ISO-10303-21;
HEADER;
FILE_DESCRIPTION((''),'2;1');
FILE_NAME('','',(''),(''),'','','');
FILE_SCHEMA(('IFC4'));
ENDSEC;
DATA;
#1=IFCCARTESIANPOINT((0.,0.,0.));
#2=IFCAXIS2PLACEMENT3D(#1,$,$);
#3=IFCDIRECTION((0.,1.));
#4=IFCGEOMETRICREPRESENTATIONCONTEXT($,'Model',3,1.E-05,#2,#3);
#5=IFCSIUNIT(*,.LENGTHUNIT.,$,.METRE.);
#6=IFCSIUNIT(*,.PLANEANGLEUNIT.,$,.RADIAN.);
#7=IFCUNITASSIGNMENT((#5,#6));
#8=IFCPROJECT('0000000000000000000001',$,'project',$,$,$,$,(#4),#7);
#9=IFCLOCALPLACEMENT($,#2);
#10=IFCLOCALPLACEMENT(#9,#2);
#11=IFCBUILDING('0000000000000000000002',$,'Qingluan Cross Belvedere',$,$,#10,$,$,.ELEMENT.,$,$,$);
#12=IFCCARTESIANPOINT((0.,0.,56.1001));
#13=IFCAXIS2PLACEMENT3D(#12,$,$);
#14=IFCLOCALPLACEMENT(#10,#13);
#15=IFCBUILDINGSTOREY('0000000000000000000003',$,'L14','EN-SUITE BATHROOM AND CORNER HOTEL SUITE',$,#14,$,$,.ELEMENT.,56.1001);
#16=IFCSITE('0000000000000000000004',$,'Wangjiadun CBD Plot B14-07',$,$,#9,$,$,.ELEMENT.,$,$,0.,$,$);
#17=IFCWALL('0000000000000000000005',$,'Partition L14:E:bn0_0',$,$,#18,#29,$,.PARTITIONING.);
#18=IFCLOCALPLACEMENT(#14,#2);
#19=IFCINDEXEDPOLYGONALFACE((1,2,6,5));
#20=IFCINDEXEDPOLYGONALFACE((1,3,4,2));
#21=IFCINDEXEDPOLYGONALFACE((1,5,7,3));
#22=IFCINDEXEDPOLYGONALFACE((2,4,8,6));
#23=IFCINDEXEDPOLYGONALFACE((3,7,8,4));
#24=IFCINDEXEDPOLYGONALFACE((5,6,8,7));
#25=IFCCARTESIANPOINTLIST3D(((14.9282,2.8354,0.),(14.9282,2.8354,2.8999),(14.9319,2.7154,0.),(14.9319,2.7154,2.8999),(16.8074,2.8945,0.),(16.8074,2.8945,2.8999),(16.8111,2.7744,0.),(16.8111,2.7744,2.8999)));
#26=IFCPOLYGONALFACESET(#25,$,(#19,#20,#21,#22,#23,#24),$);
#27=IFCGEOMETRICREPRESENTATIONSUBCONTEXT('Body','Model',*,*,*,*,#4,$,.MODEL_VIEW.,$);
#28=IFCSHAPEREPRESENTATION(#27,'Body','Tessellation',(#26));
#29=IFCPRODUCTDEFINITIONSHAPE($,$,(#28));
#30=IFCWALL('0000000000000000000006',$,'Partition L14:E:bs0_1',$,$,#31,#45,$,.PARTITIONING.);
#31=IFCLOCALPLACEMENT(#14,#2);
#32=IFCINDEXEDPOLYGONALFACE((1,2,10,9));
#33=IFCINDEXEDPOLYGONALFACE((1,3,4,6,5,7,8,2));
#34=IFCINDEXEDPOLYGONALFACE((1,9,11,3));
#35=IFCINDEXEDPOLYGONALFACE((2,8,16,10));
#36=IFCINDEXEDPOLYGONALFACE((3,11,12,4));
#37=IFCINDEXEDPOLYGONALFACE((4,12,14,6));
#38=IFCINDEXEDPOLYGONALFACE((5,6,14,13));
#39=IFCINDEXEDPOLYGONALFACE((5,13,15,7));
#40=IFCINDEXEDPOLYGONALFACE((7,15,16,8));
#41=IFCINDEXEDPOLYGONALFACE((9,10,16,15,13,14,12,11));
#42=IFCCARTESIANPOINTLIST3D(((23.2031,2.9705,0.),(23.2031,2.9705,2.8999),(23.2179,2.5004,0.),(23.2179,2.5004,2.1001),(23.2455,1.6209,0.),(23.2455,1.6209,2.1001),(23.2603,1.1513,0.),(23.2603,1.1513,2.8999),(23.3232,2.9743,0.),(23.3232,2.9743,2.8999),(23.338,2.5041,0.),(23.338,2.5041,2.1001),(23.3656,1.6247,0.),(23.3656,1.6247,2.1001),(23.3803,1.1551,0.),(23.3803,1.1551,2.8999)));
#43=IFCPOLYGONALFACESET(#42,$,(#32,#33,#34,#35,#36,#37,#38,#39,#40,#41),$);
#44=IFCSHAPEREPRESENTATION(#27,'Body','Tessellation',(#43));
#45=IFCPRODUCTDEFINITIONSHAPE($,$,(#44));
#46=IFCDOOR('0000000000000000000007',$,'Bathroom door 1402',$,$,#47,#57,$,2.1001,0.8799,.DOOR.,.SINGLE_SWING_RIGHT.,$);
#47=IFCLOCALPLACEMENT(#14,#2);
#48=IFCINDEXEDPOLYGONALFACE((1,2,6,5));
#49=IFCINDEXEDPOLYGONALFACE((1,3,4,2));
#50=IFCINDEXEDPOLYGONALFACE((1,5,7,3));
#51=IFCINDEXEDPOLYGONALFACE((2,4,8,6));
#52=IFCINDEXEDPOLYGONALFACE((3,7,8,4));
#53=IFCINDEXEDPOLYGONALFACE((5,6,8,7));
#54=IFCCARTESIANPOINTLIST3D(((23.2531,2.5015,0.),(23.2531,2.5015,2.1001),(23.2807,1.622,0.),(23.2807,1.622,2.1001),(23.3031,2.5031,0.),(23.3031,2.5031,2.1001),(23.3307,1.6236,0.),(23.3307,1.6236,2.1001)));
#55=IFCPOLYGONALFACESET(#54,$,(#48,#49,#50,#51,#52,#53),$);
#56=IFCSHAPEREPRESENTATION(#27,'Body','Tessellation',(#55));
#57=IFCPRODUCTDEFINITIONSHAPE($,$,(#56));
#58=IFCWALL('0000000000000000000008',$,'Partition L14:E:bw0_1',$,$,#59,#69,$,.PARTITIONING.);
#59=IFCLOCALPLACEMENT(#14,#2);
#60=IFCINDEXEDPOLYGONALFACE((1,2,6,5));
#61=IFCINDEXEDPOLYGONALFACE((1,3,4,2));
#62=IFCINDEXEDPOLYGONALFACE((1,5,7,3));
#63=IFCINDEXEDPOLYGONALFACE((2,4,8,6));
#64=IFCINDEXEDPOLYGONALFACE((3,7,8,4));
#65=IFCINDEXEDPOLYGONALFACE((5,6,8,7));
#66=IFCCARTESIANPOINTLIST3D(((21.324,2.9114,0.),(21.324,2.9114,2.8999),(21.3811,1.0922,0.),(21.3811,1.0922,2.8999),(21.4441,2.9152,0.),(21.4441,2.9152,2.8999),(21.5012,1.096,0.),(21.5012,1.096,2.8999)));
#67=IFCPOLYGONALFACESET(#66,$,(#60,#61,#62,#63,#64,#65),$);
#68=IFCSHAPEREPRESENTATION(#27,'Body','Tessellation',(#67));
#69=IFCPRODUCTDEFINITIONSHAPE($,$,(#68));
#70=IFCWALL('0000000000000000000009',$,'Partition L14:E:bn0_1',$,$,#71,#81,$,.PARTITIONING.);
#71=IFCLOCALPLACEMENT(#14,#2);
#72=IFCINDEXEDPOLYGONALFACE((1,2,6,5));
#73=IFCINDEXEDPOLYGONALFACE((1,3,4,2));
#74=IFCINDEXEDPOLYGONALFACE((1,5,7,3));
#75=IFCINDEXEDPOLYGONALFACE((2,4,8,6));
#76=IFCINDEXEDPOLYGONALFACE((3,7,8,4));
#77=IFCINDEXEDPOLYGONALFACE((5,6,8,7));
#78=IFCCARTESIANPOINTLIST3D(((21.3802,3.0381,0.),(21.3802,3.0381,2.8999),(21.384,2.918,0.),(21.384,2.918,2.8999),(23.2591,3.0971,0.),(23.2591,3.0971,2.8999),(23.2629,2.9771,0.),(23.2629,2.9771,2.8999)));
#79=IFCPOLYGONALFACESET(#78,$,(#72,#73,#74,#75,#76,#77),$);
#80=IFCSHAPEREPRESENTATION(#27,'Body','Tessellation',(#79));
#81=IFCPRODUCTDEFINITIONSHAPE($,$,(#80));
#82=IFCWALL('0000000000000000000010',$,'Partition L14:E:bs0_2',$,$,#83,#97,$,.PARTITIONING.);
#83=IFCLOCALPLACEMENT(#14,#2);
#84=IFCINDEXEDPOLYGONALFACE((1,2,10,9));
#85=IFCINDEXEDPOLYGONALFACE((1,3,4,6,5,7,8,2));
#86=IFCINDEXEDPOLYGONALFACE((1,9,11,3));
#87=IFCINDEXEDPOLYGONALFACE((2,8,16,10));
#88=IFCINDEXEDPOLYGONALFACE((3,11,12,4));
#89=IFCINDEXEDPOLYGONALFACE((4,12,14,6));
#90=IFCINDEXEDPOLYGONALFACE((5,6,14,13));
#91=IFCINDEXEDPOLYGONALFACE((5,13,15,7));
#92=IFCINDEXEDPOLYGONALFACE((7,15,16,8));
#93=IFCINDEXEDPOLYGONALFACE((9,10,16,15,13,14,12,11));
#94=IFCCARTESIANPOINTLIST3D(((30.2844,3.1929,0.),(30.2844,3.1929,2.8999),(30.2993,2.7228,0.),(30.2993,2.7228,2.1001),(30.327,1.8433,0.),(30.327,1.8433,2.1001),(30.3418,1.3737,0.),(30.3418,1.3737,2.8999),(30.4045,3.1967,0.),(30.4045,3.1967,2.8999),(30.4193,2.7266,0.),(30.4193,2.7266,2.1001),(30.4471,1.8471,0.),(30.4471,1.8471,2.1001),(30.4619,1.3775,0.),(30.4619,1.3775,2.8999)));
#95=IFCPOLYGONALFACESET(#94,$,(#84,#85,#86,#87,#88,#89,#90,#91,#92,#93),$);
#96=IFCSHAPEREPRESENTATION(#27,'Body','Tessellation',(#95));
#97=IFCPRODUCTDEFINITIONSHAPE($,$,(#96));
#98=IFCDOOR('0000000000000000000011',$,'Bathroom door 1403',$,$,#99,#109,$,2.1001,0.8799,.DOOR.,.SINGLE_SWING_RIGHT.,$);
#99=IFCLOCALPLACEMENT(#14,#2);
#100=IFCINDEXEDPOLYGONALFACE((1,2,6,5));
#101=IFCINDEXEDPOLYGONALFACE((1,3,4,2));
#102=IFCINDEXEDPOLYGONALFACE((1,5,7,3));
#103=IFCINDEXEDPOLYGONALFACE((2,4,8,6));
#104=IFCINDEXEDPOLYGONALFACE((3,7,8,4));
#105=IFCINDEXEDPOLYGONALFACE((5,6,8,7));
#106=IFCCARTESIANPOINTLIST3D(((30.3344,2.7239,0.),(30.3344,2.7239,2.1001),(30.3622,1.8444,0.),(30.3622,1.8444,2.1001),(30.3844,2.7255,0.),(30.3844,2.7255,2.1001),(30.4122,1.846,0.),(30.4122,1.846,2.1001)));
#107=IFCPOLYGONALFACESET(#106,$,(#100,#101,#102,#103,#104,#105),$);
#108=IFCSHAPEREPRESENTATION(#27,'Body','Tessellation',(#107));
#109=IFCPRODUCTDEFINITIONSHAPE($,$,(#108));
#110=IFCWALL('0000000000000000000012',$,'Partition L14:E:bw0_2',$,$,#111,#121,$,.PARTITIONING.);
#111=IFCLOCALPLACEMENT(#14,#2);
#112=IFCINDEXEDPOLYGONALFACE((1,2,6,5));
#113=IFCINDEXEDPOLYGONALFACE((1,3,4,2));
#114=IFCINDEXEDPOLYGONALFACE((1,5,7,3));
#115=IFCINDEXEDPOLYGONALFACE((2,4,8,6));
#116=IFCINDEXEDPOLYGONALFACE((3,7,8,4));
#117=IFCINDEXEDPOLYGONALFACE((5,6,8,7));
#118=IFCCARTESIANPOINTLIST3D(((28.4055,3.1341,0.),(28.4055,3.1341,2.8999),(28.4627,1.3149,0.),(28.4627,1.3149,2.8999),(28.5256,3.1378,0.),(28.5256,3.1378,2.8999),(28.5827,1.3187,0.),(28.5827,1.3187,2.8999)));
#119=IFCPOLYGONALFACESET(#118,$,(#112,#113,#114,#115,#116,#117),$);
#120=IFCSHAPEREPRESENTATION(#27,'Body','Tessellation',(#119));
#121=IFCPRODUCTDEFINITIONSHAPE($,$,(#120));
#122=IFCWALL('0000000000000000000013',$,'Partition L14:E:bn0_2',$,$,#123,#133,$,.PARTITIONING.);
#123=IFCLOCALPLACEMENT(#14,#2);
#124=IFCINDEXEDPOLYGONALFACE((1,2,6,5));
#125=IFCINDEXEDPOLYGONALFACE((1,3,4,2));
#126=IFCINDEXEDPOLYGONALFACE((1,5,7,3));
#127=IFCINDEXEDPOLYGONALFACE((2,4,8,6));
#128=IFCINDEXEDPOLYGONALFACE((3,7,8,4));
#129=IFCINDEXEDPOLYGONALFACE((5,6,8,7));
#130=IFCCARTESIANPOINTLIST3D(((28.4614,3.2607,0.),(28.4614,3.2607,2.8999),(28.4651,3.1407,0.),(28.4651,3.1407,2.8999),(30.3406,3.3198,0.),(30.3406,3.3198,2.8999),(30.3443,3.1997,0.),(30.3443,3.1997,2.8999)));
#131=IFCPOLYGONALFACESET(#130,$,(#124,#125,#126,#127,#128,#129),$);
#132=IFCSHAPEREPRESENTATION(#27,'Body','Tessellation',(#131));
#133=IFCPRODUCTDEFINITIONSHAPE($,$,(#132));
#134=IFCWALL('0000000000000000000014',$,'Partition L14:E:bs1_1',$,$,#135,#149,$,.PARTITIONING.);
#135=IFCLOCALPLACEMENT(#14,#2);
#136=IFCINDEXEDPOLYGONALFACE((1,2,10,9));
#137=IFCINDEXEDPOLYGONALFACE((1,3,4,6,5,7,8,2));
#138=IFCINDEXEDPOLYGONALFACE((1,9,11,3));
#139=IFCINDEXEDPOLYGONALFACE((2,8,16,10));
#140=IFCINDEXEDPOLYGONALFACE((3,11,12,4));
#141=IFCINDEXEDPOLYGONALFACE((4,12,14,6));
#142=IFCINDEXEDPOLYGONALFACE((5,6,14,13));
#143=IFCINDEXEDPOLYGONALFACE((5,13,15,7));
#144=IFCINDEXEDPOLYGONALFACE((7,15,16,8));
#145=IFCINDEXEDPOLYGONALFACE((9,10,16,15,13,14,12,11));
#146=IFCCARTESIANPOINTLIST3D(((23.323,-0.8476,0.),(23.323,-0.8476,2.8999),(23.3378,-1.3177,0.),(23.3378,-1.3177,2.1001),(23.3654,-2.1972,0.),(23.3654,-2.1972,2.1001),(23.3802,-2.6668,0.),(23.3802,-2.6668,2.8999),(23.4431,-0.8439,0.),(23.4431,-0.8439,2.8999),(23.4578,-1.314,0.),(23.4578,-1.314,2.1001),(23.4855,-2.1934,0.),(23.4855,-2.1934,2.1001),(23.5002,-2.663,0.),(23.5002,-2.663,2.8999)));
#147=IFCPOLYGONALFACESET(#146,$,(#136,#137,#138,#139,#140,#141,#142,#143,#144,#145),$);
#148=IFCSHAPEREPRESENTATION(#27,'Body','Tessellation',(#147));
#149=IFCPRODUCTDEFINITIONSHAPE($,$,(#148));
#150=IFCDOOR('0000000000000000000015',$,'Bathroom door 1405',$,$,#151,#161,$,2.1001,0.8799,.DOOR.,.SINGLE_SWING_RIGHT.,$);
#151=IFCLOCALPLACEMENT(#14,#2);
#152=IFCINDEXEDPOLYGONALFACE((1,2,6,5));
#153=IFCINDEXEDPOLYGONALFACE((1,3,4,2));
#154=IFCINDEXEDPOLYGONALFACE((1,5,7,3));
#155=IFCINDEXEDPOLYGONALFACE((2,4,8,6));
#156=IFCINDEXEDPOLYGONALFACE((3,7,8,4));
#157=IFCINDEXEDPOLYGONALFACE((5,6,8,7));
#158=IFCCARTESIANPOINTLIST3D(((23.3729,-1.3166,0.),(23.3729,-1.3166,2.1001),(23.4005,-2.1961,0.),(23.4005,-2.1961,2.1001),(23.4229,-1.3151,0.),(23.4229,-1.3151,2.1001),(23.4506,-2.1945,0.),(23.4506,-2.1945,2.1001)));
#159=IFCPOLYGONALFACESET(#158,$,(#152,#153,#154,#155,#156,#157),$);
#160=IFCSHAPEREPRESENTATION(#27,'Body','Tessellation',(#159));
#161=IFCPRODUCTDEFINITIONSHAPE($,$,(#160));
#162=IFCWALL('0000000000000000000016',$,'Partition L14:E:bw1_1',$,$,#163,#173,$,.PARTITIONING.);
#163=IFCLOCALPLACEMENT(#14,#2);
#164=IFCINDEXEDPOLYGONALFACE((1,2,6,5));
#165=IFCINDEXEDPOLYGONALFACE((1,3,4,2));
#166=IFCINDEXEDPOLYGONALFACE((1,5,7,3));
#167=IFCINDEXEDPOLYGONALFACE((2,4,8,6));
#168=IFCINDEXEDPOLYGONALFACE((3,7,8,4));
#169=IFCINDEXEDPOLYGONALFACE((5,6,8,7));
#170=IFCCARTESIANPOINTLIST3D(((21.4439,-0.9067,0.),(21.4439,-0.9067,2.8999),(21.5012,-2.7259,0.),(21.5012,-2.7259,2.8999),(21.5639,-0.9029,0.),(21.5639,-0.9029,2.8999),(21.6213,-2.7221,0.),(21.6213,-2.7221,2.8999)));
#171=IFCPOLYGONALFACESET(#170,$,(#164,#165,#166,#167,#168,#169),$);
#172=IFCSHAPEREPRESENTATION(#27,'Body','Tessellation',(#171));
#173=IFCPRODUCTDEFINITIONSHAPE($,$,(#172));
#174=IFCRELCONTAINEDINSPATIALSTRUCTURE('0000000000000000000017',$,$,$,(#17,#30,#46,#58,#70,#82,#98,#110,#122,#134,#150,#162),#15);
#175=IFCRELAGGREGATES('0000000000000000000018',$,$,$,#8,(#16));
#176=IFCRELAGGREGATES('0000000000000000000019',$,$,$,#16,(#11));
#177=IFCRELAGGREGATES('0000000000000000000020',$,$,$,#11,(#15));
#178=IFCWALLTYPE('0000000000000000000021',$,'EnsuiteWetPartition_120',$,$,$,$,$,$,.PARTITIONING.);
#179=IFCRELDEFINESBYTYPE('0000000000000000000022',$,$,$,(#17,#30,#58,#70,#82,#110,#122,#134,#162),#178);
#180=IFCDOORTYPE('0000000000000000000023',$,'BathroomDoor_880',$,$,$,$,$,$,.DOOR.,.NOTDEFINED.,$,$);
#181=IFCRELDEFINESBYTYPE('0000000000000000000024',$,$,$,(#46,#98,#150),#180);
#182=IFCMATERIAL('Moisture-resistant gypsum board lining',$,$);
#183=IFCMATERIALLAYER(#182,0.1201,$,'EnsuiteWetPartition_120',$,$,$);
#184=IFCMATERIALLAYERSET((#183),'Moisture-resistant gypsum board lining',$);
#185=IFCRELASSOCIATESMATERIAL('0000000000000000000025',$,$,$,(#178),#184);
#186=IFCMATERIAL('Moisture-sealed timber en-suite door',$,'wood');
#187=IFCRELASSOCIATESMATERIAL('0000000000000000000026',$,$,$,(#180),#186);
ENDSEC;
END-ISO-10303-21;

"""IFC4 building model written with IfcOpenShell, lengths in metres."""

from ifc_helpers import new_model, si_unit, direction, frame, frame_2d, origin, place, context, subcontext, project, spatial, rectangle, extrude, material, layer, layer_set, type_object, element, fill, save


model = new_model("IFC4")

# Units and contexts
model_context = context("Model", 3, precision=1e-05, world=origin(), true_north=direction((0.0, 1.0)))
body_context = subcontext(model_context, "Body", "Model", "MODEL_VIEW")
ifc_project = project(units=[si_unit("LENGTHUNIT", "METRE"), si_unit("PLANEANGLEUNIT", "RADIAN")], contexts=[model_context])

# Site, building, storey
site_placement = place(None, origin())
site = spatial("IfcSite", under=ifc_project, at=site_placement, Name="Wangjiadun CBD Plot B14-07", CompositionType="ELEMENT", RefElevation=0.0)
building_placement = place(site_placement, origin())
building = spatial("IfcBuilding", under=site, at=building_placement, Name="Qingluan Cross Belvedere", CompositionType="ELEMENT")
storey_placement = place(building_placement, frame((0.0, 0.0, 56.1001)))
storey = spatial("IfcBuildingStorey", under=building, at=storey_placement, Name="L14", Description="EN-SUITE BATHROOM AND CORNER HOTEL SUITE", CompositionType="ELEMENT", Elevation=56.1001)

# Shared definitions
ifc_material_1 = material(Name="Moisture-resistant gypsum board lining")
ifc_layer_1 = layer(ifc_material_1, 0.1201, Name="EnsuiteWetPartition_120")
ifc_layer_set_1 = layer_set([ifc_layer_1], Name="Moisture-resistant gypsum board lining")
wall_type_1 = type_object("IfcWallType", Name="EnsuiteWetPartition_120", PredefinedType="PARTITIONING", material=ifc_layer_set_1)
ifc_material_2 = material(Name="Moisture-sealed timber en-suite door", Category="wood")
door_type = type_object("IfcDoorType", Name="BathroomDoor_880", OperationType="NOTDEFINED", PredefinedType="DOOR", material=ifc_material_2)

# Wall
wall_1_placement = place(storey_placement, frame((14.9302, 2.7754, 0.0), z_axis=(0.0, 0.0, 1.0), x_axis=(0.999506, 0.031425, 0.0)))
element("IfcWall", 1, at=wall_1_placement, inside=storey, type_object=wall_type_1, Name="Partition L14:E:bn0_0", PredefinedType="PARTITIONING", context=body_context, shape_type="SweptSolid", body=[
    extrude(rectangle(XDim=1.8801, YDim=0.1201, at=frame_2d((0.9399, 0.0))), origin(), (0.0, 0.0, 1.0), 2.8999),
])

# Wall, opening, door
wall_2_placement = place(storey_placement, frame((23.3203, 1.1531, 0.0), z_axis=(0.0, 0.0, 1.0), x_axis=(-0.03139, 0.999507, 0.0)))
wall_2 = element("IfcWall", 2, at=wall_2_placement, inside=storey, type_object=wall_type_1, Name="Partition L14:E:bs0_1", PredefinedType="PARTITIONING", context=body_context, shape_type="SweptSolid", body=[
    extrude(rectangle(XDim=1.8201, YDim=0.1201, at=frame_2d((0.9102, 0.0))), origin(), (0.0, 0.0, 1.0), 2.8999),
])
opening_1_placement = place(wall_2_placement, frame((0.47, 0.0, 0.0)))
opening_1 = element("IfcOpeningElement", 3, at=opening_1_placement, cuts=wall_2, PredefinedType="OPENING", context=body_context, shape_type="SweptSolid", body=[
    extrude(rectangle(XDim=0.8799, YDim=2.1001, at=frame_2d((0.4399, 1.05))), frame((0.0, 0.0701, 0.0), z_axis=(0.0, -1.0, 0.0), x_axis=(1.0, 0.0, 0.0)), (0.0, 0.0, 1.0), 0.1401),
])
door_1_placement = place(opening_1_placement, origin())
door_1 = element("IfcDoor", 4, at=door_1_placement, inside=storey, type_object=door_type, Name="Bathroom door 1402", OperationType="SINGLE_SWING_RIGHT", OverallHeight=2.1001, OverallWidth=0.8799, PredefinedType="DOOR", context=body_context, shape_type="SweptSolid", body=[
    extrude(rectangle(XDim=0.8799, YDim=2.1001, at=frame_2d((0.4399, 1.05))), frame((0.0, 0.0249, 0.0), z_axis=(0.0, -1.0, 0.0), x_axis=(1.0, 0.0, 0.0)), (0.0, 0.0, 1.0), 0.05),
])
fill(opening_1, door_1)

# Walls
wall_3_placement = place(storey_placement, frame((21.4412, 1.094, 0.0), z_axis=(0.0, 0.0, 1.0), x_axis=(-0.03139, 0.999507, 0.0)))
element("IfcWall", 5, at=wall_3_placement, inside=storey, type_object=wall_type_1, Name="Partition L14:E:bw0_1", PredefinedType="PARTITIONING", context=body_context, shape_type="SweptSolid", body=[
    extrude(rectangle(XDim=1.8201, YDim=0.1201, at=frame_2d((0.9102, 0.0))), origin(), (0.0, 0.0, 1.0), 2.8999),
])
wall_4_placement = place(storey_placement, frame((21.3821, 2.978, 0.0), z_axis=(0.0, 0.0, 1.0), x_axis=(0.999506, 0.031429, 0.0)))
element("IfcWall", 6, at=wall_4_placement, inside=storey, type_object=wall_type_1, Name="Partition L14:E:bn0_1", PredefinedType="PARTITIONING", context=body_context, shape_type="SweptSolid", body=[
    extrude(rectangle(XDim=1.8799, YDim=0.1201, at=frame_2d((0.9399, 0.0))), origin(), (0.0, 0.0, 1.0), 2.8999),
])

# Wall, opening, door
wall_5_placement = place(storey_placement, frame((30.4019, 1.3755, 0.0), z_axis=(0.0, 0.0, 1.0), x_axis=(-0.031524, 0.999503, 0.0)))
wall_5 = element("IfcWall", 7, at=wall_5_placement, inside=storey, type_object=wall_type_1, Name="Partition L14:E:bs0_2", PredefinedType="PARTITIONING", context=body_context, shape_type="SweptSolid", body=[
    extrude(rectangle(XDim=1.8201, YDim=0.1201, at=frame_2d((0.9102, 0.0))), origin(), (0.0, 0.0, 1.0), 2.8999),
])
opening_2_placement = place(wall_5_placement, frame((0.47, 0.0, 0.0)))
opening_2 = element("IfcOpeningElement", 8, at=opening_2_placement, cuts=wall_5, PredefinedType="OPENING", context=body_context, shape_type="SweptSolid", body=[
    extrude(rectangle(XDim=0.8799, YDim=2.1001, at=frame_2d((0.4399, 1.05))), frame((0.0, 0.0701, 0.0), z_axis=(0.0, -1.0, 0.0), x_axis=(1.0, 0.0, 0.0)), (0.0, 0.0, 1.0), 0.1401),
])
door_2_placement = place(opening_2_placement, origin())
door_2 = element("IfcDoor", 9, at=door_2_placement, inside=storey, type_object=door_type, Name="Bathroom door 1403", OperationType="SINGLE_SWING_RIGHT", OverallHeight=2.1001, OverallWidth=0.8799, PredefinedType="DOOR", context=body_context, shape_type="SweptSolid", body=[
    extrude(rectangle(XDim=0.8799, YDim=2.1001, at=frame_2d((0.4399, 1.05))), frame((0.0, 0.0249, 0.0), z_axis=(0.0, -1.0, 0.0), x_axis=(1.0, 0.0, 0.0)), (0.0, 0.0, 1.0), 0.05),
])
fill(opening_2, door_2)

# Walls
wall_6_placement = place(storey_placement, frame((28.5227, 1.3167, 0.0), z_axis=(0.0, 0.0, 1.0), x_axis=(-0.03139, 0.999507, 0.0)))
element("IfcWall", 10, at=wall_6_placement, inside=storey, type_object=wall_type_1, Name="Partition L14:E:bw0_2", PredefinedType="PARTITIONING", context=body_context, shape_type="SweptSolid", body=[
    extrude(rectangle(XDim=1.8201, YDim=0.1201, at=frame_2d((0.9102, 0.0))), origin(), (0.0, 0.0, 1.0), 2.8999),
])
wall_7_placement = place(storey_placement, frame((28.4634, 3.2007, 0.0), z_axis=(0.0, 0.0, 1.0), x_axis=(0.999506, 0.031425, 0.0)))
element("IfcWall", 11, at=wall_7_placement, inside=storey, type_object=wall_type_1, Name="Partition L14:E:bn0_2", PredefinedType="PARTITIONING", context=body_context, shape_type="SweptSolid", body=[
    extrude(rectangle(XDim=1.8801, YDim=0.1201, at=frame_2d((0.9399, 0.0))), origin(), (0.0, 0.0, 1.0), 2.8999),
])

# Wall, opening, door
wall_8_placement = place(storey_placement, frame((23.4402, -2.665, 0.0), z_axis=(0.0, 0.0, 1.0), x_axis=(-0.03139, 0.999507, 0.0)))
wall_8 = element("IfcWall", 12, at=wall_8_placement, inside=storey, type_object=wall_type_1, Name="Partition L14:E:bs1_1", PredefinedType="PARTITIONING", context=body_context, shape_type="SweptSolid", body=[
    extrude(rectangle(XDim=1.8201, YDim=0.1201, at=frame_2d((0.9102, 0.0))), origin(), (0.0, 0.0, 1.0), 2.8999),
])
opening_3_placement = place(wall_8_placement, frame((0.47, 0.0, 0.0)))
opening_3 = element("IfcOpeningElement", 13, at=opening_3_placement, cuts=wall_8, PredefinedType="OPENING", context=body_context, shape_type="SweptSolid", body=[
    extrude(rectangle(XDim=0.8799, YDim=2.1001, at=frame_2d((0.4399, 1.05))), frame((0.0, 0.0701, 0.0), z_axis=(0.0, -1.0, 0.0), x_axis=(1.0, 0.0, 0.0)), (0.0, 0.0, 1.0), 0.1401),
])
door_3_placement = place(opening_3_placement, origin())
door_3 = element("IfcDoor", 14, at=door_3_placement, inside=storey, type_object=door_type, Name="Bathroom door 1405", OperationType="SINGLE_SWING_RIGHT", OverallHeight=2.1001, OverallWidth=0.8799, PredefinedType="DOOR", context=body_context, shape_type="SweptSolid", body=[
    extrude(rectangle(XDim=0.8799, YDim=2.1001, at=frame_2d((0.4399, 1.05))), frame((0.0, 0.0249, 0.0), z_axis=(0.0, -1.0, 0.0), x_axis=(1.0, 0.0, 0.0)), (0.0, 0.0, 1.0), 0.05),
])
fill(opening_3, door_3)

# Wall
wall_9_placement = place(storey_placement, frame((21.5613, -2.7241, 0.0), z_axis=(0.0, 0.0, 1.0), x_axis=(-0.031524, 0.999503, 0.0)))
element("IfcWall", 15, at=wall_9_placement, inside=storey, type_object=wall_type_1, Name="Partition L14:E:bw1_1", PredefinedType="PARTITIONING", context=body_context, shape_type="SweptSolid", body=[
    extrude(rectangle(XDim=1.8201, YDim=0.1201, at=frame_2d((0.9102, 0.0))), origin(), (0.0, 0.0, 1.0), 2.8999),
])

save(model, "model.ifc")
